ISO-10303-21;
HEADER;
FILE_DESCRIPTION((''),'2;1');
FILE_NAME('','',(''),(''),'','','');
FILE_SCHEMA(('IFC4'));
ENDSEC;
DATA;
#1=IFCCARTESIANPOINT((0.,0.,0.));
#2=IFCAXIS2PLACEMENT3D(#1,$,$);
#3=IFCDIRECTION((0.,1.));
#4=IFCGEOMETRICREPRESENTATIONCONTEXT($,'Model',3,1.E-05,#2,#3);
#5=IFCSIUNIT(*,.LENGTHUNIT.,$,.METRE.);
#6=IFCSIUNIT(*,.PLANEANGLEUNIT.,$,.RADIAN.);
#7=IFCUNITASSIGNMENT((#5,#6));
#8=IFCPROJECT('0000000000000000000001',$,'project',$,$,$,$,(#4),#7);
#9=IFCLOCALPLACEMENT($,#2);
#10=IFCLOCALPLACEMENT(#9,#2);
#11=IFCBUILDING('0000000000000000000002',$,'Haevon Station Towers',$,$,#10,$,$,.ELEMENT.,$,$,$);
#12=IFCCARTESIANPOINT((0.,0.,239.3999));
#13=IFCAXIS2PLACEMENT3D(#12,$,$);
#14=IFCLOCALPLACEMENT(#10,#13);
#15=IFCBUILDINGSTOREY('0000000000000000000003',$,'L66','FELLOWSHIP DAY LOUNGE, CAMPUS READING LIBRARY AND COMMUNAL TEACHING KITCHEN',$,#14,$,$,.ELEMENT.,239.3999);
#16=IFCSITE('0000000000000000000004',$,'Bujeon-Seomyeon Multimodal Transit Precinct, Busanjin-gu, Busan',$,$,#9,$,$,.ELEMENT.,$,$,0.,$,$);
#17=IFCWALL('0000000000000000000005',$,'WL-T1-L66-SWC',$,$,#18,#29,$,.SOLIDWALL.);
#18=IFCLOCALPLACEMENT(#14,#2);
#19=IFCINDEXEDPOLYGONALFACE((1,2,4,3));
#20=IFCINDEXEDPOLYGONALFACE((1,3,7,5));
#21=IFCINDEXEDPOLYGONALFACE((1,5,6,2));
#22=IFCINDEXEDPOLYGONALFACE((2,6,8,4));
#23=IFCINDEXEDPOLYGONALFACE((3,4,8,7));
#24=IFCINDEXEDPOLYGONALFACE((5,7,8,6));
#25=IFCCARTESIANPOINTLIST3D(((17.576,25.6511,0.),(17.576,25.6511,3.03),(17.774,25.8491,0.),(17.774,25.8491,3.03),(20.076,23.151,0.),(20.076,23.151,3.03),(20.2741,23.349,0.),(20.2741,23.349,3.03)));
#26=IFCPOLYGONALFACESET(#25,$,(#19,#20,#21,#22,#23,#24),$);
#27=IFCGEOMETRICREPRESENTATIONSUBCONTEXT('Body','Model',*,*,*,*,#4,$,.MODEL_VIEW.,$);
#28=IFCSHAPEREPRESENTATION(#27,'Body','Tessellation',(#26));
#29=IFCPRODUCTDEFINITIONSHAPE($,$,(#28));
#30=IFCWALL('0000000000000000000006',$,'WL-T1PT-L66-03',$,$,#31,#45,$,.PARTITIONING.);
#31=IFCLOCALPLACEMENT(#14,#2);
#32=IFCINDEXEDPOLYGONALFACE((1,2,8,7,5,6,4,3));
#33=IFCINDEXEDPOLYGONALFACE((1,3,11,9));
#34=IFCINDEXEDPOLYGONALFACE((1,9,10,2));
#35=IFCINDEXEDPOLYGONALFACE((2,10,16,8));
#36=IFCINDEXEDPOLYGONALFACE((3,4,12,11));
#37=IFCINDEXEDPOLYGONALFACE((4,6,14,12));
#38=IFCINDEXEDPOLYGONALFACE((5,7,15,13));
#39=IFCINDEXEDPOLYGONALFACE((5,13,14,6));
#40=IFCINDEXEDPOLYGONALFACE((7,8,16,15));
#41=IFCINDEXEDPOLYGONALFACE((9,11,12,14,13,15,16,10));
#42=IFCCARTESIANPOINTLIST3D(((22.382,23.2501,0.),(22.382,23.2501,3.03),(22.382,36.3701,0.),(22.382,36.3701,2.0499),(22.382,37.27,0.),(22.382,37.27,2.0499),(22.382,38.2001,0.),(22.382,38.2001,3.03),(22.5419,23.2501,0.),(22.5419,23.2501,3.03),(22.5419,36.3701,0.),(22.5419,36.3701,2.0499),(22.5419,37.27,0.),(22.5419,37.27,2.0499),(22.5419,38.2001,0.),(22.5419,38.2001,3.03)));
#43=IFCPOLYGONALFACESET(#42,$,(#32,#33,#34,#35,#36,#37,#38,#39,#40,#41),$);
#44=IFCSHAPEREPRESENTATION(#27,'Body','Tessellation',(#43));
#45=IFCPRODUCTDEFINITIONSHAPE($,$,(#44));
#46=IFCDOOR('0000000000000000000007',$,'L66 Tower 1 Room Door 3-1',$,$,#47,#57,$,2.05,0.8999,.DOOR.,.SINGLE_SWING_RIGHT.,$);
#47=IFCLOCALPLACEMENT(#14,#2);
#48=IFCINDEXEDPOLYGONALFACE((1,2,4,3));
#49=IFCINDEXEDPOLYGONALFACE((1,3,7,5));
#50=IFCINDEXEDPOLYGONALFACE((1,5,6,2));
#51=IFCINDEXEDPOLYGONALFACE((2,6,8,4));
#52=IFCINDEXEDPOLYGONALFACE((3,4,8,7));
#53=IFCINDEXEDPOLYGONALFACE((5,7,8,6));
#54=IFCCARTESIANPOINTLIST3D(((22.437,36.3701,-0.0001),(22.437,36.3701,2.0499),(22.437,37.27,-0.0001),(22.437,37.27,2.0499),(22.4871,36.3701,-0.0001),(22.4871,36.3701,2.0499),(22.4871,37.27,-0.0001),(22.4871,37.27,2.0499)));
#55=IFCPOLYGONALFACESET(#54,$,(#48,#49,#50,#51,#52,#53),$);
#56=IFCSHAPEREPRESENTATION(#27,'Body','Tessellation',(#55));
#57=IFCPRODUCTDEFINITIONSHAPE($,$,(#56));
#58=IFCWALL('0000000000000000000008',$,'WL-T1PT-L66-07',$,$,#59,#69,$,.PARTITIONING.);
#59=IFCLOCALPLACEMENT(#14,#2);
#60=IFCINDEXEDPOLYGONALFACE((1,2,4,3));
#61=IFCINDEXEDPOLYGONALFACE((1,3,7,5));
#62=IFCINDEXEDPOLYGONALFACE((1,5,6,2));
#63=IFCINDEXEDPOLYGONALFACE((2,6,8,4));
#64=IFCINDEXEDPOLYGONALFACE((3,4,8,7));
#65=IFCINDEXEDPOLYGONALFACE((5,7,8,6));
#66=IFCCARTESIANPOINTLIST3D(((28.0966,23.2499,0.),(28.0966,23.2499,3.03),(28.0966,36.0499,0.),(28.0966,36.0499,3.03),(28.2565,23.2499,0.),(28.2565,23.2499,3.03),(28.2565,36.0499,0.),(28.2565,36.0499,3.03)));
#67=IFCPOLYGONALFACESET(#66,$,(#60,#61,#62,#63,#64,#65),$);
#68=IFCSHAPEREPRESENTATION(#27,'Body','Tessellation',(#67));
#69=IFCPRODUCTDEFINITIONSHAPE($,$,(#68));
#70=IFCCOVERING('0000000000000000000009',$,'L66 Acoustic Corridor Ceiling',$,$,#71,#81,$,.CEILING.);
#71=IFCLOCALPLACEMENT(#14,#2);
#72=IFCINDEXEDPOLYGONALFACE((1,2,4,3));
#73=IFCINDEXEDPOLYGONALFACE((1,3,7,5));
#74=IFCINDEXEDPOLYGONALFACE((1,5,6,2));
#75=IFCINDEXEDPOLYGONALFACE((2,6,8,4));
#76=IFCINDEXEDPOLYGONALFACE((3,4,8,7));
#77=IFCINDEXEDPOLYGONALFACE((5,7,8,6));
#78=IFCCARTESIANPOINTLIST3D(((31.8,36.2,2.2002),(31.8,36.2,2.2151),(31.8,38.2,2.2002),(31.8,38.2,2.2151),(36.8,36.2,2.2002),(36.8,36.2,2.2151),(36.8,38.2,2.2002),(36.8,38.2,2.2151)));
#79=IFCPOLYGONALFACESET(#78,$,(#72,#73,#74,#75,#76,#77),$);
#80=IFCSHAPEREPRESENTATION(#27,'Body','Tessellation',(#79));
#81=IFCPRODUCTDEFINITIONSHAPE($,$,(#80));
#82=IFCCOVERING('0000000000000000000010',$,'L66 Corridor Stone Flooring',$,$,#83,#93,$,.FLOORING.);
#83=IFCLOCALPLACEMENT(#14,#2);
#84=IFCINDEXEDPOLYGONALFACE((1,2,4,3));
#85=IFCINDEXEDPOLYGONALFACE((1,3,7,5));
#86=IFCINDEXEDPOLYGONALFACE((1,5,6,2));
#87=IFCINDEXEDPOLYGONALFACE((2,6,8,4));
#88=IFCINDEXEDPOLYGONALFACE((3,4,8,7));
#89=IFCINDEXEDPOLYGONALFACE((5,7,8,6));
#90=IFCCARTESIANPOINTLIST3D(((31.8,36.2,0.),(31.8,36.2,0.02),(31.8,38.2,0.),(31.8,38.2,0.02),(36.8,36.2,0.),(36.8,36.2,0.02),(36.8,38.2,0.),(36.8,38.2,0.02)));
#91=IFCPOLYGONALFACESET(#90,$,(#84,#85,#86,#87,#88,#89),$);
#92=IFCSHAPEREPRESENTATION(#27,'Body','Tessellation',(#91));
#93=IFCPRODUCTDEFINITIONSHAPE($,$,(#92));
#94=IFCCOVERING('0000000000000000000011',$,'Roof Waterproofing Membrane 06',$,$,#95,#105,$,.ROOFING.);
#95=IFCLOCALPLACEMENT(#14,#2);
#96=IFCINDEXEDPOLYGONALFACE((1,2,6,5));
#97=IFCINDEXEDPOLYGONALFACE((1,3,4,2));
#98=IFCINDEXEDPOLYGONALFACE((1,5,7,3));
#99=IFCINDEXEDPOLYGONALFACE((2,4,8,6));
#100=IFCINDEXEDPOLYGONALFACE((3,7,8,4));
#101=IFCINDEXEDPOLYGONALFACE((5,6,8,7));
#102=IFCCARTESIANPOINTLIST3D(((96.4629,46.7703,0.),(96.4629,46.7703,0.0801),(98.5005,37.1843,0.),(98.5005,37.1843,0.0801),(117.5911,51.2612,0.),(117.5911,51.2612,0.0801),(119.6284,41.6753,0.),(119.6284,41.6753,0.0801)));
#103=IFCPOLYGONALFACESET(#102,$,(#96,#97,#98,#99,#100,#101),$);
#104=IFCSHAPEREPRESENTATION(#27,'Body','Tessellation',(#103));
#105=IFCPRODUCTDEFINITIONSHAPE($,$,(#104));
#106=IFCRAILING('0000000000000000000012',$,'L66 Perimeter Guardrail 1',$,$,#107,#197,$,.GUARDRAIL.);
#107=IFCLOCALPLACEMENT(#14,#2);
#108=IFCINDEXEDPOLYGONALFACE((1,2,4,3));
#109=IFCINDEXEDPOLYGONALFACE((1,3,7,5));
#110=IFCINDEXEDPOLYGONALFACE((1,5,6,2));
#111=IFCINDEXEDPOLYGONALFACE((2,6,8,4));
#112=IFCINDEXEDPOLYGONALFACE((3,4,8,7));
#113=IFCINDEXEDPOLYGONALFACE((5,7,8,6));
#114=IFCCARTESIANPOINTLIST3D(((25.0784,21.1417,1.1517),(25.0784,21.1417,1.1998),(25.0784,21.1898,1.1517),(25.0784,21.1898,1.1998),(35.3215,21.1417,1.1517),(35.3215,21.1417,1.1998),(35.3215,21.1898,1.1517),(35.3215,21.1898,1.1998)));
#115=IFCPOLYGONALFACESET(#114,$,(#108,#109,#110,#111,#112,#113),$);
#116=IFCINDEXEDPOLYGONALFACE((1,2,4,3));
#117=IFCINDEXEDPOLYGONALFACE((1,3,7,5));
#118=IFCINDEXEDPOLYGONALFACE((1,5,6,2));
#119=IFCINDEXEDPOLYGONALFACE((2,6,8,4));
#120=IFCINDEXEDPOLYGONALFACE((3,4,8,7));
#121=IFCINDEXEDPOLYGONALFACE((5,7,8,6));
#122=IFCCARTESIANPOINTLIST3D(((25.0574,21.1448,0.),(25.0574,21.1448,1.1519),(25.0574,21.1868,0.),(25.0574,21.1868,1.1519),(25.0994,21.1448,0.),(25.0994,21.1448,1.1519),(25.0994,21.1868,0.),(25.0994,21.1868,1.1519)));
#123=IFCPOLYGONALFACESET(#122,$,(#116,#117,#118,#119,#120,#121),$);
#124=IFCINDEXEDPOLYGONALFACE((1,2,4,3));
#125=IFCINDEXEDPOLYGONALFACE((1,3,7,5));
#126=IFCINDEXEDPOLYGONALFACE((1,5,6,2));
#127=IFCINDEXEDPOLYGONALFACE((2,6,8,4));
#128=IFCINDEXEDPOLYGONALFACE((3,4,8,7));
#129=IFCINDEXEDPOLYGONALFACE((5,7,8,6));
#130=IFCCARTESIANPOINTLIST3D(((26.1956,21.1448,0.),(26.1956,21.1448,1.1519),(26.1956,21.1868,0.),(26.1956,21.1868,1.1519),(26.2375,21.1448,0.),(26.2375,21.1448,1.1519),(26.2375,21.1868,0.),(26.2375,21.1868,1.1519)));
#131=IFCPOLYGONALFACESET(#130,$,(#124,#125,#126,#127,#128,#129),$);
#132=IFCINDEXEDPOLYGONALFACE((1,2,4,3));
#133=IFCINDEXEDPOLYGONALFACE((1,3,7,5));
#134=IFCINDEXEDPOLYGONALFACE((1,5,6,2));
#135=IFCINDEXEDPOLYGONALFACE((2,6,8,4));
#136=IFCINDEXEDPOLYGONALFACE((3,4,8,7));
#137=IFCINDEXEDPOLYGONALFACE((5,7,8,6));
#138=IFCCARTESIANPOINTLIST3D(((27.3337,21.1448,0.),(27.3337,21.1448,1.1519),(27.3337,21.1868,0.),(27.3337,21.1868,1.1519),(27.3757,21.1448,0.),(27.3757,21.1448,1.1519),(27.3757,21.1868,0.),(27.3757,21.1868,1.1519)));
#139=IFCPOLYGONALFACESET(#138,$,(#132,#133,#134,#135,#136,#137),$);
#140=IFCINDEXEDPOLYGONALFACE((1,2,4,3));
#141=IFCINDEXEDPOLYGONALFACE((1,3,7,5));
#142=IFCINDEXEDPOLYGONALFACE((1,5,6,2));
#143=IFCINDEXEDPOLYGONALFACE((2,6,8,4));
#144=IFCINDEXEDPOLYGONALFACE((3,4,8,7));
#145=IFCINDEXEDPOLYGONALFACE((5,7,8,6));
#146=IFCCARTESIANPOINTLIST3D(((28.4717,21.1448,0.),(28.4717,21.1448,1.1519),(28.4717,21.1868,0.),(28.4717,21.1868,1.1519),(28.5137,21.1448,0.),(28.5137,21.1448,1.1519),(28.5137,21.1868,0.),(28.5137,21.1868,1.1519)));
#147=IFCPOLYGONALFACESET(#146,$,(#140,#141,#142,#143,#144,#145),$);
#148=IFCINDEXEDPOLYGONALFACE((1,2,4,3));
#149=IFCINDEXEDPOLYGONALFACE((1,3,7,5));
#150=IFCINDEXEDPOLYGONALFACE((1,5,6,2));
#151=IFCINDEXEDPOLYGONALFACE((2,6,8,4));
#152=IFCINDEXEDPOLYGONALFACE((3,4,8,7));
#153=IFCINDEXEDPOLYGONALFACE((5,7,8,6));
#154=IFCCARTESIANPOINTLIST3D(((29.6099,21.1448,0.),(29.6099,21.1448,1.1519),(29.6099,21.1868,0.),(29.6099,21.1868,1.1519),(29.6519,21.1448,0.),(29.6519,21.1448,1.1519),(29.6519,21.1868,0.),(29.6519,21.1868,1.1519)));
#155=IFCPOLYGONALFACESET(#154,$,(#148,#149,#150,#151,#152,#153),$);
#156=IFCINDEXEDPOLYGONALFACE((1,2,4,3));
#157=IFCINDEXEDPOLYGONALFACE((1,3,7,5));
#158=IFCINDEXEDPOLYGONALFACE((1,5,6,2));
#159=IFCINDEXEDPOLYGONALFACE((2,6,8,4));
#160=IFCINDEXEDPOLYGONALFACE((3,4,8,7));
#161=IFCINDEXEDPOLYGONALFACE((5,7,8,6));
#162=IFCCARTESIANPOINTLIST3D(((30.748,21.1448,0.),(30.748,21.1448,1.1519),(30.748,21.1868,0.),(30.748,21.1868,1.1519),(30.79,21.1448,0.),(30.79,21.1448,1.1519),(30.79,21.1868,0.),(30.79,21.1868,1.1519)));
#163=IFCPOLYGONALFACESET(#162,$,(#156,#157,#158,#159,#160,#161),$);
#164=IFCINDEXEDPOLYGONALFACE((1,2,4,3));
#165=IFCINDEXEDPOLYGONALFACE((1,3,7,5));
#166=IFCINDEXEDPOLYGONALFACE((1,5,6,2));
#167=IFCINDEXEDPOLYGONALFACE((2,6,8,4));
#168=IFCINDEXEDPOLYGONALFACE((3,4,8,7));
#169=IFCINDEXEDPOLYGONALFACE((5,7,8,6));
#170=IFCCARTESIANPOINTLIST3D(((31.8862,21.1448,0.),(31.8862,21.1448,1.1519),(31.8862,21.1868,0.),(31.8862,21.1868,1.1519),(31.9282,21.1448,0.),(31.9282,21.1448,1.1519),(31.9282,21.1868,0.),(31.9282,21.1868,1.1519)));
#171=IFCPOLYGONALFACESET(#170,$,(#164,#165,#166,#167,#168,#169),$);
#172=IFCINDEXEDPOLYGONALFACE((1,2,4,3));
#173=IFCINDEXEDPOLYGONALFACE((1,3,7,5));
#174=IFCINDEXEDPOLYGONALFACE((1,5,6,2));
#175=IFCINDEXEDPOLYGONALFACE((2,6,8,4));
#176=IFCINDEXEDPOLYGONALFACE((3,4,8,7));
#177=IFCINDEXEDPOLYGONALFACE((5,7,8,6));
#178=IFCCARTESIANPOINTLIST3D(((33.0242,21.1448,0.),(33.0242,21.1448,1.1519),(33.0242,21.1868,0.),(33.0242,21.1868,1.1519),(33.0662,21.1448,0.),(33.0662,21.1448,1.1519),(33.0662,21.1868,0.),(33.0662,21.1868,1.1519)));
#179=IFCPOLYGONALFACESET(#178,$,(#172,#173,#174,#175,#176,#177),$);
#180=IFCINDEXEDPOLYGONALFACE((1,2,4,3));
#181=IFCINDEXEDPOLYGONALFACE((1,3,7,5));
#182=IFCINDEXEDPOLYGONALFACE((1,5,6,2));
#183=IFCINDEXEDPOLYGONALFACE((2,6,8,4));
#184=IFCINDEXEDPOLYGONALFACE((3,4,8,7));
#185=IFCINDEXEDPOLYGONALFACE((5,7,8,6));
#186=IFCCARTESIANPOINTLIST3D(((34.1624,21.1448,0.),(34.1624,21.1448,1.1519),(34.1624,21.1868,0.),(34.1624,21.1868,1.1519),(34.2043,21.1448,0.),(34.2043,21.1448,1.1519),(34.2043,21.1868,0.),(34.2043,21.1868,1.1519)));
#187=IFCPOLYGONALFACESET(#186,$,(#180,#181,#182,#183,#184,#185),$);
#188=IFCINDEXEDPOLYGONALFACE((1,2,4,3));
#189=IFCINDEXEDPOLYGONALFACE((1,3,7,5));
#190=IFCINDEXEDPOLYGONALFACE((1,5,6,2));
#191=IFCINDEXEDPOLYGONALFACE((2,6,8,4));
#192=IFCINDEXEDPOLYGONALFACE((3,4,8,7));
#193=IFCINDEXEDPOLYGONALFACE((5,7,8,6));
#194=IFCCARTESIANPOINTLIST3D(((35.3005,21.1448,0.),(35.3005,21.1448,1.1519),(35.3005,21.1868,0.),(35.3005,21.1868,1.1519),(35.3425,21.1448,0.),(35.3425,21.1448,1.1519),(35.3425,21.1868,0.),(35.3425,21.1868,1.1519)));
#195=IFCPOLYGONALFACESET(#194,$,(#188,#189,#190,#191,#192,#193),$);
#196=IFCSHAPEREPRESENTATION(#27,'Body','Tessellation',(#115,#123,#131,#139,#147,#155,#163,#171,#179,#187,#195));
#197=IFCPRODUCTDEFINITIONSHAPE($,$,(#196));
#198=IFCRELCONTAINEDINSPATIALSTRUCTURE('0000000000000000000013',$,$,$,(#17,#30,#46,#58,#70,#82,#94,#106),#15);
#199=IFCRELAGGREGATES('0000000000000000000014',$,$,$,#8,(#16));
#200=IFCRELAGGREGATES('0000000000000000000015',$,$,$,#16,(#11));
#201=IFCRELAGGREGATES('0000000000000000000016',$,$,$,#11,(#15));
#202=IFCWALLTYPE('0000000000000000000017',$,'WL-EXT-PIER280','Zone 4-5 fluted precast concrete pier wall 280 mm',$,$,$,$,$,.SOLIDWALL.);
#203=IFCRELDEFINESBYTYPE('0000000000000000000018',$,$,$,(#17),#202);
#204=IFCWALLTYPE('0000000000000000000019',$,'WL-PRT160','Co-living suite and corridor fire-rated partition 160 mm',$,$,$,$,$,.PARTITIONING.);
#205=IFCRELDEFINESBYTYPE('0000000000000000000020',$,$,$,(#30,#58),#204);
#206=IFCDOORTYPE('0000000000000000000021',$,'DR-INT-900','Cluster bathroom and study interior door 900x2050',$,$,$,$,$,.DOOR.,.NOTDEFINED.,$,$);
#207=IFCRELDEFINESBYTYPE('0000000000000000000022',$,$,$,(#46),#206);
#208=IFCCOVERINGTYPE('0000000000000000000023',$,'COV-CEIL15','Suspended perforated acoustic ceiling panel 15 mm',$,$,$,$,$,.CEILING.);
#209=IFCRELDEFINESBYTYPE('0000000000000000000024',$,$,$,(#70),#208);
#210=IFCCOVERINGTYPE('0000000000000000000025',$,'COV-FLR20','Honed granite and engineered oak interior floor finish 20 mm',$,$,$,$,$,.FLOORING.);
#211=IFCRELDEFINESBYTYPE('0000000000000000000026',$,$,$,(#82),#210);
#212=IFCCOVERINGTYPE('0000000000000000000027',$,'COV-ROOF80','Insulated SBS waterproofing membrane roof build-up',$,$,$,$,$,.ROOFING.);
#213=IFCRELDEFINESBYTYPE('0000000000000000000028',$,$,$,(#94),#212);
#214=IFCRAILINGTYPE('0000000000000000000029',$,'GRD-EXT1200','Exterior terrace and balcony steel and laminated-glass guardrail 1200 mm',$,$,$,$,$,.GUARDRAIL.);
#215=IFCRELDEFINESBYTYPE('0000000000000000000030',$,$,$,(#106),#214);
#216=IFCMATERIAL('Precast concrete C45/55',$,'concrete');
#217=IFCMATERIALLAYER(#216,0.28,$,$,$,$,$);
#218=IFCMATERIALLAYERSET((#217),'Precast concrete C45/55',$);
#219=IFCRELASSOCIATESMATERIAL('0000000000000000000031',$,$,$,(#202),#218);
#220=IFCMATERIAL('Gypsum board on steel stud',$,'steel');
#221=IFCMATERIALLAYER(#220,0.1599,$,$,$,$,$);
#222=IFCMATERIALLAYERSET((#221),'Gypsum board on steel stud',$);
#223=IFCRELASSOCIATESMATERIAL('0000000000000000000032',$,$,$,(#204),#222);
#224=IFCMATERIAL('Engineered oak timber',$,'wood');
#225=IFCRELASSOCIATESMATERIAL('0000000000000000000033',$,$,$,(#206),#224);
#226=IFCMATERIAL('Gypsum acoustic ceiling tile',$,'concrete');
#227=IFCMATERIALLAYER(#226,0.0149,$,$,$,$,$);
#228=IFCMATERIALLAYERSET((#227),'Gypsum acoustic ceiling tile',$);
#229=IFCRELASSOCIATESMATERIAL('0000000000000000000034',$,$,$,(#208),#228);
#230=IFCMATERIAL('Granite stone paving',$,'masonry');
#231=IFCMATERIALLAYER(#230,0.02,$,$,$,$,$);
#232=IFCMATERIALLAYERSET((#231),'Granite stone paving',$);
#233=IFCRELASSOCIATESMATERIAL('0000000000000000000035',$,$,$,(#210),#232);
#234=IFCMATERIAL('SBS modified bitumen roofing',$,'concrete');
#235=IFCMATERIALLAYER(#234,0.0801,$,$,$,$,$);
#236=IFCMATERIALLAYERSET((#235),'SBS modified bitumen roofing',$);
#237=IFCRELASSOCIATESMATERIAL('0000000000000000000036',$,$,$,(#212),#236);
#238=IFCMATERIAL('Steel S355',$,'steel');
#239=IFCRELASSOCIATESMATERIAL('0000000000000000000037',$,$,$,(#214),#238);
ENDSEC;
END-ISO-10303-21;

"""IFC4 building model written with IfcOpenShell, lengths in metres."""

from ifc_helpers import new_model, si_unit, direction, frame, frame_2d, origin, origin_2d, place, context, subcontext, project, spatial, polyline, rectangle, outline, extrude, material, layer, layer_set, type_object, element, fill, save


model = new_model("IFC4")

# Units and contexts
model_context = context("Model", 3, precision=1e-05, world=origin(), true_north=direction((0.0, 1.0)))
body_context = subcontext(model_context, "Body", "Model", "MODEL_VIEW")
ifc_project = project(units=[si_unit("LENGTHUNIT", "METRE"), si_unit("PLANEANGLEUNIT", "RADIAN")], contexts=[model_context])

# Site, building, storey
site_placement = place(None, origin())
site = spatial("IfcSite", under=ifc_project, at=site_placement, Name="Bujeon-Seomyeon Multimodal Transit Precinct, Busanjin-gu, Busan", CompositionType="ELEMENT", RefElevation=0.0)
building_placement = place(site_placement, origin())
building = spatial("IfcBuilding", under=site, at=building_placement, Name="Haevon Station Towers", CompositionType="ELEMENT")
storey_placement = place(building_placement, frame((0.0, 0.0, 239.3999)))
storey = spatial("IfcBuildingStorey", under=building, at=storey_placement, Name="L66", Description="FELLOWSHIP DAY LOUNGE, CAMPUS READING LIBRARY AND COMMUNAL TEACHING KITCHEN", CompositionType="ELEMENT", Elevation=239.3999)

# Shared definitions
ifc_material_1 = material(Name="Steel S355", Category="steel")

# Wall
ifc_material_2 = material(Name="Precast concrete C45/55", Category="concrete")
ifc_layer_1 = layer(ifc_material_2, 0.28)
ifc_layer_set_1 = layer_set([ifc_layer_1], Name="Precast concrete C45/55")
wall_type_1 = type_object("IfcWallType", Name="WL-EXT-PIER280", Description="Zone 4-5 fluted precast concrete pier wall 280 mm", PredefinedType="SOLIDWALL", material=ifc_layer_set_1)
wall_1_placement = place(storey_placement, frame((20.175, 23.25, 0.0), z_axis=(0.0, 0.0, 1.0), x_axis=(-0.707107, 0.707107, 0.0)))
element("IfcWall", 1, at=wall_1_placement, inside=storey, type_object=wall_type_1, Name="WL-T1-L66-SWC", PredefinedType="SOLIDWALL", context=body_context, shape_type="SweptSolid", body=[
    extrude(rectangle(XDim=3.5356, YDim=0.28, at=frame_2d((1.7678, 0.0))), origin(), (0.0, 0.0, 1.0), 3.03),
])

# Wall, opening, door
ifc_material_3 = material(Name="Gypsum board on steel stud", Category="steel")
ifc_layer_2 = layer(ifc_material_3, 0.1599)
ifc_layer_set_2 = layer_set([ifc_layer_2], Name="Gypsum board on steel stud")
wall_type_2 = type_object("IfcWallType", Name="WL-PRT160", Description="Co-living suite and corridor fire-rated partition 160 mm", PredefinedType="PARTITIONING", material=ifc_layer_set_2)
wall_2_placement = place(storey_placement, frame((22.4619, 23.25, 0.0), z_axis=(0.0, 0.0, 1.0), x_axis=(0.0, 1.0, 0.0)))
wall_2 = element("IfcWall", 2, at=wall_2_placement, inside=storey, type_object=wall_type_2, Name="WL-T1PT-L66-03", PredefinedType="PARTITIONING", context=body_context, shape_type="SweptSolid", body=[
    extrude(rectangle(XDim=14.95, YDim=0.1599, at=frame_2d((7.4751, 0.0))), origin(), (0.0, 0.0, 1.0), 3.03),
])
opening_placement = place(wall_2_placement, frame((13.1201, 0.0, 0.0)))
opening = element("IfcOpeningElement", 3, at=opening_placement, cuts=wall_2, PredefinedType="OPENING", context=body_context, shape_type="SweptSolid", body=[
    extrude(rectangle(XDim=0.8999, YDim=2.05, at=frame_2d((0.45, 1.0249))), frame((0.0, 0.0898, 0.0), z_axis=(0.0, -1.0, 0.0), x_axis=(1.0, 0.0, 0.0)), (0.0, 0.0, 1.0), 0.1799),
])
ifc_material_4 = material(Name="Engineered oak timber", Category="wood")
door_type = type_object("IfcDoorType", Name="DR-INT-900", Description="Cluster bathroom and study interior door 900x2050", OperationType="NOTDEFINED", PredefinedType="DOOR", material=ifc_material_4)
door_placement = place(opening_placement, origin())
door = element("IfcDoor", 4, at=door_placement, inside=storey, type_object=door_type, Name="L66 Tower 1 Room Door 3-1", OperationType="SINGLE_SWING_RIGHT", OverallHeight=2.05, OverallWidth=0.8999, PredefinedType="DOOR", context=body_context, shape_type="SweptSolid", body=[
    extrude(rectangle(XDim=0.8999, YDim=2.05, at=frame_2d((0.45, 1.0249))), frame((0.0, 0.0249, 0.0), z_axis=(0.0, -1.0, 0.0), x_axis=(1.0, 0.0, 0.0)), (0.0, 0.0, 1.0), 0.05),
])
fill(opening, door)

# Wall
wall_3_placement = place(storey_placement, frame((28.1765, 23.25, 0.0), z_axis=(0.0, 0.0, 1.0), x_axis=(0.0, 1.0, 0.0)))
element("IfcWall", 5, at=wall_3_placement, inside=storey, type_object=wall_type_2, Name="WL-T1PT-L66-07", PredefinedType="PARTITIONING", context=body_context, shape_type="SweptSolid", body=[
    extrude(rectangle(XDim=12.8, YDim=0.1599, at=frame_2d((6.3999, 0.0))), origin(), (0.0, 0.0, 1.0), 3.03),
])

# Coverings
ifc_material_5 = material(Name="Gypsum acoustic ceiling tile", Category="concrete")
ifc_layer_3 = layer(ifc_material_5, 0.0149)
ifc_layer_set_3 = layer_set([ifc_layer_3], Name="Gypsum acoustic ceiling tile")
covering_type_1 = type_object("IfcCoveringType", Name="COV-CEIL15", Description="Suspended perforated acoustic ceiling panel 15 mm", PredefinedType="CEILING", material=ifc_layer_set_3)
covering_1_placement = place(storey_placement, frame((0.0, 0.0, 2.2002)))
element("IfcCovering", 6, at=covering_1_placement, inside=storey, type_object=covering_type_1, Name="L66 Acoustic Corridor Ceiling", PredefinedType="CEILING", context=body_context, shape_type="SweptSolid", body=[
    extrude(outline(polyline([(31.8, 36.2), (36.8, 36.2), (36.8, 38.2), (31.8, 38.2), (31.8, 36.2)])), origin(), (0.0, 0.0, 1.0), 0.0149),
])
ifc_material_6 = material(Name="Granite stone paving", Category="masonry")
ifc_layer_4 = layer(ifc_material_6, 0.02)
ifc_layer_set_4 = layer_set([ifc_layer_4], Name="Granite stone paving")
covering_type_2 = type_object("IfcCoveringType", Name="COV-FLR20", Description="Honed granite and engineered oak interior floor finish 20 mm", PredefinedType="FLOORING", material=ifc_layer_set_4)
covering_2_placement = place(storey_placement, origin())
element("IfcCovering", 7, at=covering_2_placement, inside=storey, type_object=covering_type_2, Name="L66 Corridor Stone Flooring", PredefinedType="FLOORING", context=body_context, shape_type="SweptSolid", body=[
    extrude(outline(polyline([(31.8, 36.2), (36.8, 36.2), (36.8, 38.2), (31.8, 38.2), (31.8, 36.2)])), origin(), (0.0, 0.0, 1.0), 0.02),
])
ifc_material_7 = material(Name="SBS modified bitumen roofing", Category="concrete")
ifc_layer_5 = layer(ifc_material_7, 0.0801)
ifc_layer_set_5 = layer_set([ifc_layer_5], Name="SBS modified bitumen roofing")
covering_type_3 = type_object("IfcCoveringType", Name="COV-ROOF80", Description="Insulated SBS waterproofing membrane roof build-up", PredefinedType="ROOFING", material=ifc_layer_set_5)
covering_3_placement = place(storey_placement, origin())
element("IfcCovering", 8, at=covering_3_placement, inside=storey, type_object=covering_type_3, Name="Roof Waterproofing Membrane 06", PredefinedType="ROOFING", context=body_context, shape_type="SweptSolid", body=[
    extrude(outline(polyline([(98.5005, 37.1843), (119.6284, 41.6753), (117.5911, 51.2612), (96.4629, 46.7703), (98.5005, 37.1843)])), origin(), (0.0, 0.0, 1.0), 0.0801),
])

# Railing
railing_type = type_object("IfcRailingType", Name="GRD-EXT1200", Description="Exterior terrace and balcony steel and laminated-glass guardrail 1200 mm", PredefinedType="GUARDRAIL", material=ifc_material_1)
railing_1_placement = place(storey_placement, frame((25.0784, 21.1658, 0.0)))
element("IfcRailing", 9, at=railing_1_placement, inside=storey, type_object=railing_type, Name="L66 Perimeter Guardrail 1", PredefinedType="GUARDRAIL", context=body_context, shape_type="SweptSolid", body=[
    extrude(rectangle(XDim=0.0481, YDim=0.0481, at=origin_2d()), frame((0.0, 0.0, 1.1758), z_axis=(1.0, 0.0, 0.0), x_axis=(0.0, 1.0, 0.0)), (0.0, 0.0, 1.0), 10.2432),
    extrude(rectangle(XDim=0.042, YDim=0.042, at=origin_2d()), origin(), (0.0, 0.0, 1.0), 1.1519),
    extrude(rectangle(XDim=0.042, YDim=0.042, at=origin_2d()), frame((1.1382, 0.0, 0.0)), (0.0, 0.0, 1.0), 1.1519),
    extrude(rectangle(XDim=0.042, YDim=0.042, at=origin_2d()), frame((2.2764, 0.0, 0.0)), (0.0, 0.0, 1.0), 1.1519),
    extrude(rectangle(XDim=0.042, YDim=0.042, at=origin_2d()), frame((3.4143, 0.0, 0.0)), (0.0, 0.0, 1.0), 1.1519),
    extrude(rectangle(XDim=0.042, YDim=0.042, at=origin_2d()), frame((4.5525, 0.0, 0.0)), (0.0, 0.0, 1.0), 1.1519),
    extrude(rectangle(XDim=0.042, YDim=0.042, at=origin_2d()), frame((5.6907, 0.0, 0.0)), (0.0, 0.0, 1.0), 1.1519),
    extrude(rectangle(XDim=0.042, YDim=0.042, at=origin_2d()), frame((6.8289, 0.0, 0.0)), (0.0, 0.0, 1.0), 1.1519),
    extrude(rectangle(XDim=0.042, YDim=0.042, at=origin_2d()), frame((7.9668, 0.0, 0.0)), (0.0, 0.0, 1.0), 1.1519),
    extrude(rectangle(XDim=0.042, YDim=0.042, at=origin_2d()), frame((9.105, 0.0, 0.0)), (0.0, 0.0, 1.0), 1.1519),
    extrude(rectangle(XDim=0.042, YDim=0.042, at=origin_2d()), frame((10.2432, 0.0, 0.0)), (0.0, 0.0, 1.0), 1.1519),
])

save(model, "model.ifc")
